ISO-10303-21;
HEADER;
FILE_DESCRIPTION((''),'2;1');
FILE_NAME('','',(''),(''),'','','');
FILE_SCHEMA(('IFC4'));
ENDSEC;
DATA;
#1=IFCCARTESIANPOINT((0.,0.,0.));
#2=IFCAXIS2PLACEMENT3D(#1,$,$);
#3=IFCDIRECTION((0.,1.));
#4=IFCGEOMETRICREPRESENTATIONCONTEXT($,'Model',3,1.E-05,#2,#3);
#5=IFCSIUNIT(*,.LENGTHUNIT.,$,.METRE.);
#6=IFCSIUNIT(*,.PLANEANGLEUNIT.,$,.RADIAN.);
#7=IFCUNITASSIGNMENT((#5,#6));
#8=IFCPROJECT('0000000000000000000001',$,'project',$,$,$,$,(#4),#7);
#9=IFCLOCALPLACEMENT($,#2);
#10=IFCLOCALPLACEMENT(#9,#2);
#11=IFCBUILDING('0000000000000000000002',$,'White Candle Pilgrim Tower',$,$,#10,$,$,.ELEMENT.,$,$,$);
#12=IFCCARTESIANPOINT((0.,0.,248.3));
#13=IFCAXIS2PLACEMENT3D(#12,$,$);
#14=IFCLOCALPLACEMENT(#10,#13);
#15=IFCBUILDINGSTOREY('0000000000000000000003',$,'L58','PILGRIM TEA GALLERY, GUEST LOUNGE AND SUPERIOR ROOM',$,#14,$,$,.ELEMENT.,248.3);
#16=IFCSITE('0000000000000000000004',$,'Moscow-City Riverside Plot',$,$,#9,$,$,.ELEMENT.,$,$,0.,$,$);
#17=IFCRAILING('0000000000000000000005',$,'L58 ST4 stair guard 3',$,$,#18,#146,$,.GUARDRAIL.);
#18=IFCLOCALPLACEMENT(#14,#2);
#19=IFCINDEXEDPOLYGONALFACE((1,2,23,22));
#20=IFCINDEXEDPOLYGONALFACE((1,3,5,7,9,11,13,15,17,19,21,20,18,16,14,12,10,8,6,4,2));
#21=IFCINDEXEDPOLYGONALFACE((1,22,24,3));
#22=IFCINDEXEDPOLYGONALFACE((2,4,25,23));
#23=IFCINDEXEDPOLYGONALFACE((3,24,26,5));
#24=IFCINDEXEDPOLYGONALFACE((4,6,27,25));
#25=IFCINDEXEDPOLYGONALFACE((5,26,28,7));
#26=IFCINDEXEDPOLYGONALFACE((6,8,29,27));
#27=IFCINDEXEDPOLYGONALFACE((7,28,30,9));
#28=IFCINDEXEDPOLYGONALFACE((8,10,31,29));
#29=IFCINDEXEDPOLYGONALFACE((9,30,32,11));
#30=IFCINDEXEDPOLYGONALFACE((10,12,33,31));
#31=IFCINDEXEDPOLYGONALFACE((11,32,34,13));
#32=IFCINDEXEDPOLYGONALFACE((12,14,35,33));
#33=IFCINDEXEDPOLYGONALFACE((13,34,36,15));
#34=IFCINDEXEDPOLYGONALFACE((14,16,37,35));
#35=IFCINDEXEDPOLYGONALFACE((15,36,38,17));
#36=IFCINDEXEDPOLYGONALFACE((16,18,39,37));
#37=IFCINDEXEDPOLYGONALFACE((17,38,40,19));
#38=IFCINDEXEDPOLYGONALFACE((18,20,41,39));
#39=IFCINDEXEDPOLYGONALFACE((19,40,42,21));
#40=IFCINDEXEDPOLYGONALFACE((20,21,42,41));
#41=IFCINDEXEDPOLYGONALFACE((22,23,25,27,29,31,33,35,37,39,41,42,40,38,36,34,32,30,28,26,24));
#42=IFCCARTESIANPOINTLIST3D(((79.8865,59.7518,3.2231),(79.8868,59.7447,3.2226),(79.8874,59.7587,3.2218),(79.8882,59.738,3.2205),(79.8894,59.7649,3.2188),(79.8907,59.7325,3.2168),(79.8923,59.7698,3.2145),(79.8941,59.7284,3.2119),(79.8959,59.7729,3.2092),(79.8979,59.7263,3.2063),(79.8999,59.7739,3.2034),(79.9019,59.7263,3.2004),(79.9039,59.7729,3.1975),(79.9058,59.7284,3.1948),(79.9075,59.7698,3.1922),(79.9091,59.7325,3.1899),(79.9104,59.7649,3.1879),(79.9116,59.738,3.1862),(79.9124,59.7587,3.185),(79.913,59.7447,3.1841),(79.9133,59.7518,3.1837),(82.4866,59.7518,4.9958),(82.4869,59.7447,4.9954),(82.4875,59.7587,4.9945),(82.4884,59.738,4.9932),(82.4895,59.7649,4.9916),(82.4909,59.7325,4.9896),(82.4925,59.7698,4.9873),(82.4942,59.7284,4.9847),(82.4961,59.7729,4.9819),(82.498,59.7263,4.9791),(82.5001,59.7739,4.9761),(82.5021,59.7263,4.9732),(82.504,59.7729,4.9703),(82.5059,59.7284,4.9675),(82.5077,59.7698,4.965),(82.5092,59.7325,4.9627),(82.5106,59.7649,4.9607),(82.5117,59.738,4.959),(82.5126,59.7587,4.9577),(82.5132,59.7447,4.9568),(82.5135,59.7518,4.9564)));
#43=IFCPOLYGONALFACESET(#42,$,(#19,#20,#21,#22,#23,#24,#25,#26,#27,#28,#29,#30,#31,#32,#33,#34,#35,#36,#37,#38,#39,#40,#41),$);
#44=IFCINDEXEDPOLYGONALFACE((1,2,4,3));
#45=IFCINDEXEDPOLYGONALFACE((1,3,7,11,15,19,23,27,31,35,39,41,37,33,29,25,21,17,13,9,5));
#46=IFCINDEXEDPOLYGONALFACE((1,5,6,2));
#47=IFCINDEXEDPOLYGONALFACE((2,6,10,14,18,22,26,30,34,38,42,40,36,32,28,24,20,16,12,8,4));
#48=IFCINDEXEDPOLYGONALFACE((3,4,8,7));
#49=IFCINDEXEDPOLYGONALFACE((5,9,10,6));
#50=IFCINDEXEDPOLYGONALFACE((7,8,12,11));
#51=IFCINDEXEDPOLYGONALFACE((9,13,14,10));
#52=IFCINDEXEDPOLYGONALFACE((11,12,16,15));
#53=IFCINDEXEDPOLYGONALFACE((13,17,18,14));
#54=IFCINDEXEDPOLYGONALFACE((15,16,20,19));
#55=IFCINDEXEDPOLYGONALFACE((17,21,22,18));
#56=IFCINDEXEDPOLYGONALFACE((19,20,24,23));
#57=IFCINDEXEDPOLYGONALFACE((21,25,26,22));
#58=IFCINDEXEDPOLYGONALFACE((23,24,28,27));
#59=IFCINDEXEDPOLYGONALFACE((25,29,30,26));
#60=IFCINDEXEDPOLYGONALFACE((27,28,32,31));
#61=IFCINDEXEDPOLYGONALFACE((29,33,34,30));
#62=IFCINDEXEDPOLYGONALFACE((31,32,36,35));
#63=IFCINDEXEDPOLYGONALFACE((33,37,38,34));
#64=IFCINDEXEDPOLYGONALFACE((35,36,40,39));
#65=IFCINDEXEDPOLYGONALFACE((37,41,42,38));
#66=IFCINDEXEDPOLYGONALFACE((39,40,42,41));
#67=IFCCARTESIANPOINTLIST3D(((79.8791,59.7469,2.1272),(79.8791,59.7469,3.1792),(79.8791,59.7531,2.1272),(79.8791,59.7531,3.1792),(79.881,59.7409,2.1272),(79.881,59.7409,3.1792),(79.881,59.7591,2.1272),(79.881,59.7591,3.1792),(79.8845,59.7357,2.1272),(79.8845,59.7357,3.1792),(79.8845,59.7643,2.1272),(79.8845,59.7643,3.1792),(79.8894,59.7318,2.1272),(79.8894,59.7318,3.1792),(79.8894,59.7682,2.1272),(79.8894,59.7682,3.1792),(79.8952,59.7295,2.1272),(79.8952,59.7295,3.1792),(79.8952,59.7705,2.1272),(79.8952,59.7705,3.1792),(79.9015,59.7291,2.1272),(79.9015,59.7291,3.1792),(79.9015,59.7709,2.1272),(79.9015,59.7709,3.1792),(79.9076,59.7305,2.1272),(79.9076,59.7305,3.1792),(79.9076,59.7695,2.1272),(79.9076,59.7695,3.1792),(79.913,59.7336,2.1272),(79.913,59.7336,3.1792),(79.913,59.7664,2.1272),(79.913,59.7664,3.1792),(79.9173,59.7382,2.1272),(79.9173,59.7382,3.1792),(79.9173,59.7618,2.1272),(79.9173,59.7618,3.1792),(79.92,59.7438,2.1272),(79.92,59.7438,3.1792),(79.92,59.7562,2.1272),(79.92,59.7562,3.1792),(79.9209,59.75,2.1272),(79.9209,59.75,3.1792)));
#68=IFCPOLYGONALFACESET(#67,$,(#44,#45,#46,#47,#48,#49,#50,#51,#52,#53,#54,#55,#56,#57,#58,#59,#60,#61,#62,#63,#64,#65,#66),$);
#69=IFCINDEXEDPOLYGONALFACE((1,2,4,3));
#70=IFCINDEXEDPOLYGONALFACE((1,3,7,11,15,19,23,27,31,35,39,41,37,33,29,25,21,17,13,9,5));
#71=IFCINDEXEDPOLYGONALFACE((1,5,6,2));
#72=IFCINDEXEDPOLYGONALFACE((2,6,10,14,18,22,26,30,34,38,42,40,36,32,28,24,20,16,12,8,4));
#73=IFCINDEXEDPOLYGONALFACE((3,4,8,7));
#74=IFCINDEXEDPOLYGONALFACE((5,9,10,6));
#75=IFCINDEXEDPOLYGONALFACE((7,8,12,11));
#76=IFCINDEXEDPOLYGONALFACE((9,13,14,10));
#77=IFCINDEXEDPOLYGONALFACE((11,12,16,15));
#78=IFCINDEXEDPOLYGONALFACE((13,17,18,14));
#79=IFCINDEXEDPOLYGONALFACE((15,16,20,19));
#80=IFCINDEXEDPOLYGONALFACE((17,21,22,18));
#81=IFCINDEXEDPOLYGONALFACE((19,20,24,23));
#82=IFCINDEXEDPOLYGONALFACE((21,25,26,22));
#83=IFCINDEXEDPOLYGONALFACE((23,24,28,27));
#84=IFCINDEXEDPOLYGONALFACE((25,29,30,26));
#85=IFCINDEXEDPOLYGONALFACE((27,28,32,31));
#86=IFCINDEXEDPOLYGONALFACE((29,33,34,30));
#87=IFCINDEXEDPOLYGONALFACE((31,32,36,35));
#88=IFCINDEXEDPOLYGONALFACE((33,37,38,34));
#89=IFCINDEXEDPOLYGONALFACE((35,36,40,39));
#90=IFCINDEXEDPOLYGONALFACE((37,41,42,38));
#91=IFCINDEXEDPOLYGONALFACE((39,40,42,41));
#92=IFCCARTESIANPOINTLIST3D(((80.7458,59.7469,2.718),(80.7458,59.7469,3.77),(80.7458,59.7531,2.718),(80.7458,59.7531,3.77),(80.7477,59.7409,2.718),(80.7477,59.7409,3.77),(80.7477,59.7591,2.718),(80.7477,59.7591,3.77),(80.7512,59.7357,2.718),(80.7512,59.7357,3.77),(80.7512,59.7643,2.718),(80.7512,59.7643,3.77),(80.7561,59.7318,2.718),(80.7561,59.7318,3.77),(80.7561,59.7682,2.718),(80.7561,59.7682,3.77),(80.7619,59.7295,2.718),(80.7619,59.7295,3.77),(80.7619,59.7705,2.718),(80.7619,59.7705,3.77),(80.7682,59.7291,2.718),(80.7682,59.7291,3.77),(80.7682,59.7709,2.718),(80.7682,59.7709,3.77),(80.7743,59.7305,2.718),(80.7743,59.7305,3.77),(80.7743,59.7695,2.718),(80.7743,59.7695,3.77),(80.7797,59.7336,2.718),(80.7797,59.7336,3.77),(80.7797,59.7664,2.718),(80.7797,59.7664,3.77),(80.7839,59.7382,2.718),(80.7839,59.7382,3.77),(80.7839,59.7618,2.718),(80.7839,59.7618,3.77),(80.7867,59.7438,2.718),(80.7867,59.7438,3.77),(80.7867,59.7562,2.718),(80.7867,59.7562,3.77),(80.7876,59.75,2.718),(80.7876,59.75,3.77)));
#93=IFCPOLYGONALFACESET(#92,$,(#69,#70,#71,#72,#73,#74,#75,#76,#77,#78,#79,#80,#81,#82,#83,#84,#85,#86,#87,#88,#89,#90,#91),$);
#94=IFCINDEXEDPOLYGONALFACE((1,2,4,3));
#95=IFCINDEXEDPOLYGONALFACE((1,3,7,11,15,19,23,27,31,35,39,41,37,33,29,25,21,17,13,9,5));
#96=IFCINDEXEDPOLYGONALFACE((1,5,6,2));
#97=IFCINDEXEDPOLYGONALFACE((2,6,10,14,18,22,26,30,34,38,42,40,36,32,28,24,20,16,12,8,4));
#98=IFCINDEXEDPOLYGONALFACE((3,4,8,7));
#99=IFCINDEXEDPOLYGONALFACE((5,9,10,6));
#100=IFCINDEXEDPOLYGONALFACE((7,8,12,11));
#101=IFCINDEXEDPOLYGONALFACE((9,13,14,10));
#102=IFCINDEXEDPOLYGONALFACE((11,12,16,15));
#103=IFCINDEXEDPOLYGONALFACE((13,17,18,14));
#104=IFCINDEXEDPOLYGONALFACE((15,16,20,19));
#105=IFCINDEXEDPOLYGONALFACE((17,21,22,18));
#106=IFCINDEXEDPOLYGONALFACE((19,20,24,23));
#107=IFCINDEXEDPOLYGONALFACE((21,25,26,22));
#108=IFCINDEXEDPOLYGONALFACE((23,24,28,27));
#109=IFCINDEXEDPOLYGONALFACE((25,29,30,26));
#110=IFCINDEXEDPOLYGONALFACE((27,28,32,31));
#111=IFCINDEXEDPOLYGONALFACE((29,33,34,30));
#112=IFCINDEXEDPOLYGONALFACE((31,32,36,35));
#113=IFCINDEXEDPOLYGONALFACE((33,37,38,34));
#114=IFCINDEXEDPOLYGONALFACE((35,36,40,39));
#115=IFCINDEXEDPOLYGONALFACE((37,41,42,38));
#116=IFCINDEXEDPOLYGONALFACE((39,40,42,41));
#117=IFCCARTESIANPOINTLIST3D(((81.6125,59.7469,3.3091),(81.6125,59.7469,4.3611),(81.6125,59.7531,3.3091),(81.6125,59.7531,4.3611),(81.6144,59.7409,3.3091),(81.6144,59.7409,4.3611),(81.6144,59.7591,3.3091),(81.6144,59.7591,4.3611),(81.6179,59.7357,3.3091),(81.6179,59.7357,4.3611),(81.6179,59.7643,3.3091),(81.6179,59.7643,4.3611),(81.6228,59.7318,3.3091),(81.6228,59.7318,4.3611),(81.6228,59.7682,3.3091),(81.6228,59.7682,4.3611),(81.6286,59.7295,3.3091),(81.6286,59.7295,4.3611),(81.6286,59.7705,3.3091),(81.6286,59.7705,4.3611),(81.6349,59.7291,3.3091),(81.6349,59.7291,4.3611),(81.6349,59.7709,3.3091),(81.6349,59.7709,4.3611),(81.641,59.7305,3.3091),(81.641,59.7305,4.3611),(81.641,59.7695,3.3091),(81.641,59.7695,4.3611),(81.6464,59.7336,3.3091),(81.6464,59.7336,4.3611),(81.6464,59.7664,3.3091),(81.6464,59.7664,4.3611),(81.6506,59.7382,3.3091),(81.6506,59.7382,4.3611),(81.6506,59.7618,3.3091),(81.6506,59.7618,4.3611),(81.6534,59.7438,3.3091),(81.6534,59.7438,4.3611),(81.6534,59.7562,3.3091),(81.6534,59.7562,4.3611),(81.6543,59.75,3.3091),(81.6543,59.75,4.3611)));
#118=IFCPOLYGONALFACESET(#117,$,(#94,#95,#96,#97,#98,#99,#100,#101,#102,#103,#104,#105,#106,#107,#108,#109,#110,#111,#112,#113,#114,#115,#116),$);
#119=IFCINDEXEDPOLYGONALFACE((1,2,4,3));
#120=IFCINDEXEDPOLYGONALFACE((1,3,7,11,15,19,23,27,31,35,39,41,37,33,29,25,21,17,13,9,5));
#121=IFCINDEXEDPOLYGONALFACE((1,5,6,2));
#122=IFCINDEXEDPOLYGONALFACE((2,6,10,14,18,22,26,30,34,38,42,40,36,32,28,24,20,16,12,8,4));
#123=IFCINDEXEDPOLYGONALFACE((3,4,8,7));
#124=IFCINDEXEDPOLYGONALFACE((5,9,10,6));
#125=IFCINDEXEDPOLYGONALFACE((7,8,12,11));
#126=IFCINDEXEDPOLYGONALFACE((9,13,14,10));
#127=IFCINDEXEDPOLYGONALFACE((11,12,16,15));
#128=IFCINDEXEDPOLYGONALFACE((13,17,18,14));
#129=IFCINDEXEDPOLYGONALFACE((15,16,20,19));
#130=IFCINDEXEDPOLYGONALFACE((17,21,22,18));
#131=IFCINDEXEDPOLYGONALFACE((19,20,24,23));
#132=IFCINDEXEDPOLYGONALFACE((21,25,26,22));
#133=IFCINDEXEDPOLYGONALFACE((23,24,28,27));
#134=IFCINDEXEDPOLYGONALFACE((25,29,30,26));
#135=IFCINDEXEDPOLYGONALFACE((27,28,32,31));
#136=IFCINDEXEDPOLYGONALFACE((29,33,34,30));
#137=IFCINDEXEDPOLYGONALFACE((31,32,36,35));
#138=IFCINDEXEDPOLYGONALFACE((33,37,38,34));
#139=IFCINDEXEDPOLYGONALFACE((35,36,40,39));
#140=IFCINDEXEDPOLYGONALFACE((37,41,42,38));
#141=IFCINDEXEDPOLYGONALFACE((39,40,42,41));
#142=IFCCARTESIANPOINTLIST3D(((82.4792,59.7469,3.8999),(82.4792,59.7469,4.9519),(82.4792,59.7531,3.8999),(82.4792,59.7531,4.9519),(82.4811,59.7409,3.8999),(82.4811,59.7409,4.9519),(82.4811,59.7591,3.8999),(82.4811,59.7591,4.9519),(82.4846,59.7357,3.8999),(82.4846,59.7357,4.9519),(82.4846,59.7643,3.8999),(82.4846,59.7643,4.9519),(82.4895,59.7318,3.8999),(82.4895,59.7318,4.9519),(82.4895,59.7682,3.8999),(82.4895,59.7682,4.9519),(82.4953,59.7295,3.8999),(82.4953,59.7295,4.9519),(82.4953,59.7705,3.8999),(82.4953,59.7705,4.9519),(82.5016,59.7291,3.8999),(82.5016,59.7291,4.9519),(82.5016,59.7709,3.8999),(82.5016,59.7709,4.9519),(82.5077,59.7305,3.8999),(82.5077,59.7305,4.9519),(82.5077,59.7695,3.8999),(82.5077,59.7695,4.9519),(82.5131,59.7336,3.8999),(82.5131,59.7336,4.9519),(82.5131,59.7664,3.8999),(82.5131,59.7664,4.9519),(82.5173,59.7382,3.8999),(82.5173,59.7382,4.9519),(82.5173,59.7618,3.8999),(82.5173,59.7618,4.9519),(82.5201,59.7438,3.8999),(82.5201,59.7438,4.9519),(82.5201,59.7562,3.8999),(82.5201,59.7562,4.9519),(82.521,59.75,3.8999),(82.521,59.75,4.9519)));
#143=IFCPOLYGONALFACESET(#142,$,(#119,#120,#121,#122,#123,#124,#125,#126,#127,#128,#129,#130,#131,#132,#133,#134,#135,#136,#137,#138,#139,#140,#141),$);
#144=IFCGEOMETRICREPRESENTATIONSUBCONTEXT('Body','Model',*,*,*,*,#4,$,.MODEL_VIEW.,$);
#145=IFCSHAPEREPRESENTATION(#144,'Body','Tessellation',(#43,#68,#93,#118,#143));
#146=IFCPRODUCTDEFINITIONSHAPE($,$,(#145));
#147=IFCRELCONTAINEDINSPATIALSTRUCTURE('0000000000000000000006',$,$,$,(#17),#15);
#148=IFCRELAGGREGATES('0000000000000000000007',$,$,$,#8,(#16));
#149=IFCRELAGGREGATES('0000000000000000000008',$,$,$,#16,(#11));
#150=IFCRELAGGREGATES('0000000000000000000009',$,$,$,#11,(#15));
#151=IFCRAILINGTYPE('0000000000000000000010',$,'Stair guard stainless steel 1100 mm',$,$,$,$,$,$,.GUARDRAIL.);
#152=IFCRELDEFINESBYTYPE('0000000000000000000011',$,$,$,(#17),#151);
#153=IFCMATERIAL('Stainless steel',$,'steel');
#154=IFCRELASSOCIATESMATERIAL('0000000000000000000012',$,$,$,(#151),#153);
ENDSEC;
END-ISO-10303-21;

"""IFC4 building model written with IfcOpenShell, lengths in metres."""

from ifc_helpers import new_model, si_unit, direction, frame, origin, origin_2d, place, context, subcontext, project, spatial, circle, extrude, material, type_object, element, save


model = new_model("IFC4")

# Units and contexts
model_context = context("Model", 3, precision=1e-05, world=origin(), true_north=direction((0.0, 1.0)))
body_context = subcontext(model_context, "Body", "Model", "MODEL_VIEW")
ifc_project = project(units=[si_unit("LENGTHUNIT", "METRE"), si_unit("PLANEANGLEUNIT", "RADIAN")], contexts=[model_context])

# Site, building, storey
site_placement = place(None, origin())
site = spatial("IfcSite", under=ifc_project, at=site_placement, Name="Moscow-City Riverside Plot", CompositionType="ELEMENT", RefElevation=0.0)
building_placement = place(site_placement, origin())
building = spatial("IfcBuilding", under=site, at=building_placement, Name="White Candle Pilgrim Tower", CompositionType="ELEMENT")
storey_placement = place(building_placement, frame((0.0, 0.0, 248.3)))
storey = spatial("IfcBuildingStorey", under=building, at=storey_placement, Name="L58", Description="PILGRIM TEA GALLERY, GUEST LOUNGE AND SUPERIOR ROOM", CompositionType="ELEMENT", Elevation=248.3)

# Railing
ifc_material_1 = material(Name="Stainless steel", Category="steel")
railing_type_1 = type_object("IfcRailingType", Name="Stair guard stainless steel 1100 mm", PredefinedType="GUARDRAIL", material=ifc_material_1)
railing_1_placement = place(storey_placement, frame((79.8999, 59.75, 2.1272)))
element("IfcRailing", 1, at=railing_1_placement, inside=storey, type_object=railing_type_1, Name="L58 ST4 stair guard 3", PredefinedType="GUARDRAIL", context=body_context, shape_type="SweptSolid", body=[
    extrude(circle(Radius=0.0239, at=origin_2d()), frame((0.0, 0.0, 1.0762), z_axis=(0.82624, 0.0, 0.563318), x_axis=(0.0, 1.0, 0.0)), (0.0, 0.0, 1.0), 3.147),
    extrude(circle(Radius=0.021, at=origin_2d()), origin(), (0.0, 0.0, 1.0), 1.052),
    extrude(circle(Radius=0.021, at=origin_2d()), frame((0.8667, 0.0, 0.5908)), (0.0, 0.0, 1.0), 1.052),
    extrude(circle(Radius=0.021, at=origin_2d()), frame((1.7334, 0.0, 1.1819)), (0.0, 0.0, 1.0), 1.052),
    extrude(circle(Radius=0.021, at=origin_2d()), frame((2.6001, 0.0, 1.7727)), (0.0, 0.0, 1.0), 1.052),
])

save(model, "model.ifc")
